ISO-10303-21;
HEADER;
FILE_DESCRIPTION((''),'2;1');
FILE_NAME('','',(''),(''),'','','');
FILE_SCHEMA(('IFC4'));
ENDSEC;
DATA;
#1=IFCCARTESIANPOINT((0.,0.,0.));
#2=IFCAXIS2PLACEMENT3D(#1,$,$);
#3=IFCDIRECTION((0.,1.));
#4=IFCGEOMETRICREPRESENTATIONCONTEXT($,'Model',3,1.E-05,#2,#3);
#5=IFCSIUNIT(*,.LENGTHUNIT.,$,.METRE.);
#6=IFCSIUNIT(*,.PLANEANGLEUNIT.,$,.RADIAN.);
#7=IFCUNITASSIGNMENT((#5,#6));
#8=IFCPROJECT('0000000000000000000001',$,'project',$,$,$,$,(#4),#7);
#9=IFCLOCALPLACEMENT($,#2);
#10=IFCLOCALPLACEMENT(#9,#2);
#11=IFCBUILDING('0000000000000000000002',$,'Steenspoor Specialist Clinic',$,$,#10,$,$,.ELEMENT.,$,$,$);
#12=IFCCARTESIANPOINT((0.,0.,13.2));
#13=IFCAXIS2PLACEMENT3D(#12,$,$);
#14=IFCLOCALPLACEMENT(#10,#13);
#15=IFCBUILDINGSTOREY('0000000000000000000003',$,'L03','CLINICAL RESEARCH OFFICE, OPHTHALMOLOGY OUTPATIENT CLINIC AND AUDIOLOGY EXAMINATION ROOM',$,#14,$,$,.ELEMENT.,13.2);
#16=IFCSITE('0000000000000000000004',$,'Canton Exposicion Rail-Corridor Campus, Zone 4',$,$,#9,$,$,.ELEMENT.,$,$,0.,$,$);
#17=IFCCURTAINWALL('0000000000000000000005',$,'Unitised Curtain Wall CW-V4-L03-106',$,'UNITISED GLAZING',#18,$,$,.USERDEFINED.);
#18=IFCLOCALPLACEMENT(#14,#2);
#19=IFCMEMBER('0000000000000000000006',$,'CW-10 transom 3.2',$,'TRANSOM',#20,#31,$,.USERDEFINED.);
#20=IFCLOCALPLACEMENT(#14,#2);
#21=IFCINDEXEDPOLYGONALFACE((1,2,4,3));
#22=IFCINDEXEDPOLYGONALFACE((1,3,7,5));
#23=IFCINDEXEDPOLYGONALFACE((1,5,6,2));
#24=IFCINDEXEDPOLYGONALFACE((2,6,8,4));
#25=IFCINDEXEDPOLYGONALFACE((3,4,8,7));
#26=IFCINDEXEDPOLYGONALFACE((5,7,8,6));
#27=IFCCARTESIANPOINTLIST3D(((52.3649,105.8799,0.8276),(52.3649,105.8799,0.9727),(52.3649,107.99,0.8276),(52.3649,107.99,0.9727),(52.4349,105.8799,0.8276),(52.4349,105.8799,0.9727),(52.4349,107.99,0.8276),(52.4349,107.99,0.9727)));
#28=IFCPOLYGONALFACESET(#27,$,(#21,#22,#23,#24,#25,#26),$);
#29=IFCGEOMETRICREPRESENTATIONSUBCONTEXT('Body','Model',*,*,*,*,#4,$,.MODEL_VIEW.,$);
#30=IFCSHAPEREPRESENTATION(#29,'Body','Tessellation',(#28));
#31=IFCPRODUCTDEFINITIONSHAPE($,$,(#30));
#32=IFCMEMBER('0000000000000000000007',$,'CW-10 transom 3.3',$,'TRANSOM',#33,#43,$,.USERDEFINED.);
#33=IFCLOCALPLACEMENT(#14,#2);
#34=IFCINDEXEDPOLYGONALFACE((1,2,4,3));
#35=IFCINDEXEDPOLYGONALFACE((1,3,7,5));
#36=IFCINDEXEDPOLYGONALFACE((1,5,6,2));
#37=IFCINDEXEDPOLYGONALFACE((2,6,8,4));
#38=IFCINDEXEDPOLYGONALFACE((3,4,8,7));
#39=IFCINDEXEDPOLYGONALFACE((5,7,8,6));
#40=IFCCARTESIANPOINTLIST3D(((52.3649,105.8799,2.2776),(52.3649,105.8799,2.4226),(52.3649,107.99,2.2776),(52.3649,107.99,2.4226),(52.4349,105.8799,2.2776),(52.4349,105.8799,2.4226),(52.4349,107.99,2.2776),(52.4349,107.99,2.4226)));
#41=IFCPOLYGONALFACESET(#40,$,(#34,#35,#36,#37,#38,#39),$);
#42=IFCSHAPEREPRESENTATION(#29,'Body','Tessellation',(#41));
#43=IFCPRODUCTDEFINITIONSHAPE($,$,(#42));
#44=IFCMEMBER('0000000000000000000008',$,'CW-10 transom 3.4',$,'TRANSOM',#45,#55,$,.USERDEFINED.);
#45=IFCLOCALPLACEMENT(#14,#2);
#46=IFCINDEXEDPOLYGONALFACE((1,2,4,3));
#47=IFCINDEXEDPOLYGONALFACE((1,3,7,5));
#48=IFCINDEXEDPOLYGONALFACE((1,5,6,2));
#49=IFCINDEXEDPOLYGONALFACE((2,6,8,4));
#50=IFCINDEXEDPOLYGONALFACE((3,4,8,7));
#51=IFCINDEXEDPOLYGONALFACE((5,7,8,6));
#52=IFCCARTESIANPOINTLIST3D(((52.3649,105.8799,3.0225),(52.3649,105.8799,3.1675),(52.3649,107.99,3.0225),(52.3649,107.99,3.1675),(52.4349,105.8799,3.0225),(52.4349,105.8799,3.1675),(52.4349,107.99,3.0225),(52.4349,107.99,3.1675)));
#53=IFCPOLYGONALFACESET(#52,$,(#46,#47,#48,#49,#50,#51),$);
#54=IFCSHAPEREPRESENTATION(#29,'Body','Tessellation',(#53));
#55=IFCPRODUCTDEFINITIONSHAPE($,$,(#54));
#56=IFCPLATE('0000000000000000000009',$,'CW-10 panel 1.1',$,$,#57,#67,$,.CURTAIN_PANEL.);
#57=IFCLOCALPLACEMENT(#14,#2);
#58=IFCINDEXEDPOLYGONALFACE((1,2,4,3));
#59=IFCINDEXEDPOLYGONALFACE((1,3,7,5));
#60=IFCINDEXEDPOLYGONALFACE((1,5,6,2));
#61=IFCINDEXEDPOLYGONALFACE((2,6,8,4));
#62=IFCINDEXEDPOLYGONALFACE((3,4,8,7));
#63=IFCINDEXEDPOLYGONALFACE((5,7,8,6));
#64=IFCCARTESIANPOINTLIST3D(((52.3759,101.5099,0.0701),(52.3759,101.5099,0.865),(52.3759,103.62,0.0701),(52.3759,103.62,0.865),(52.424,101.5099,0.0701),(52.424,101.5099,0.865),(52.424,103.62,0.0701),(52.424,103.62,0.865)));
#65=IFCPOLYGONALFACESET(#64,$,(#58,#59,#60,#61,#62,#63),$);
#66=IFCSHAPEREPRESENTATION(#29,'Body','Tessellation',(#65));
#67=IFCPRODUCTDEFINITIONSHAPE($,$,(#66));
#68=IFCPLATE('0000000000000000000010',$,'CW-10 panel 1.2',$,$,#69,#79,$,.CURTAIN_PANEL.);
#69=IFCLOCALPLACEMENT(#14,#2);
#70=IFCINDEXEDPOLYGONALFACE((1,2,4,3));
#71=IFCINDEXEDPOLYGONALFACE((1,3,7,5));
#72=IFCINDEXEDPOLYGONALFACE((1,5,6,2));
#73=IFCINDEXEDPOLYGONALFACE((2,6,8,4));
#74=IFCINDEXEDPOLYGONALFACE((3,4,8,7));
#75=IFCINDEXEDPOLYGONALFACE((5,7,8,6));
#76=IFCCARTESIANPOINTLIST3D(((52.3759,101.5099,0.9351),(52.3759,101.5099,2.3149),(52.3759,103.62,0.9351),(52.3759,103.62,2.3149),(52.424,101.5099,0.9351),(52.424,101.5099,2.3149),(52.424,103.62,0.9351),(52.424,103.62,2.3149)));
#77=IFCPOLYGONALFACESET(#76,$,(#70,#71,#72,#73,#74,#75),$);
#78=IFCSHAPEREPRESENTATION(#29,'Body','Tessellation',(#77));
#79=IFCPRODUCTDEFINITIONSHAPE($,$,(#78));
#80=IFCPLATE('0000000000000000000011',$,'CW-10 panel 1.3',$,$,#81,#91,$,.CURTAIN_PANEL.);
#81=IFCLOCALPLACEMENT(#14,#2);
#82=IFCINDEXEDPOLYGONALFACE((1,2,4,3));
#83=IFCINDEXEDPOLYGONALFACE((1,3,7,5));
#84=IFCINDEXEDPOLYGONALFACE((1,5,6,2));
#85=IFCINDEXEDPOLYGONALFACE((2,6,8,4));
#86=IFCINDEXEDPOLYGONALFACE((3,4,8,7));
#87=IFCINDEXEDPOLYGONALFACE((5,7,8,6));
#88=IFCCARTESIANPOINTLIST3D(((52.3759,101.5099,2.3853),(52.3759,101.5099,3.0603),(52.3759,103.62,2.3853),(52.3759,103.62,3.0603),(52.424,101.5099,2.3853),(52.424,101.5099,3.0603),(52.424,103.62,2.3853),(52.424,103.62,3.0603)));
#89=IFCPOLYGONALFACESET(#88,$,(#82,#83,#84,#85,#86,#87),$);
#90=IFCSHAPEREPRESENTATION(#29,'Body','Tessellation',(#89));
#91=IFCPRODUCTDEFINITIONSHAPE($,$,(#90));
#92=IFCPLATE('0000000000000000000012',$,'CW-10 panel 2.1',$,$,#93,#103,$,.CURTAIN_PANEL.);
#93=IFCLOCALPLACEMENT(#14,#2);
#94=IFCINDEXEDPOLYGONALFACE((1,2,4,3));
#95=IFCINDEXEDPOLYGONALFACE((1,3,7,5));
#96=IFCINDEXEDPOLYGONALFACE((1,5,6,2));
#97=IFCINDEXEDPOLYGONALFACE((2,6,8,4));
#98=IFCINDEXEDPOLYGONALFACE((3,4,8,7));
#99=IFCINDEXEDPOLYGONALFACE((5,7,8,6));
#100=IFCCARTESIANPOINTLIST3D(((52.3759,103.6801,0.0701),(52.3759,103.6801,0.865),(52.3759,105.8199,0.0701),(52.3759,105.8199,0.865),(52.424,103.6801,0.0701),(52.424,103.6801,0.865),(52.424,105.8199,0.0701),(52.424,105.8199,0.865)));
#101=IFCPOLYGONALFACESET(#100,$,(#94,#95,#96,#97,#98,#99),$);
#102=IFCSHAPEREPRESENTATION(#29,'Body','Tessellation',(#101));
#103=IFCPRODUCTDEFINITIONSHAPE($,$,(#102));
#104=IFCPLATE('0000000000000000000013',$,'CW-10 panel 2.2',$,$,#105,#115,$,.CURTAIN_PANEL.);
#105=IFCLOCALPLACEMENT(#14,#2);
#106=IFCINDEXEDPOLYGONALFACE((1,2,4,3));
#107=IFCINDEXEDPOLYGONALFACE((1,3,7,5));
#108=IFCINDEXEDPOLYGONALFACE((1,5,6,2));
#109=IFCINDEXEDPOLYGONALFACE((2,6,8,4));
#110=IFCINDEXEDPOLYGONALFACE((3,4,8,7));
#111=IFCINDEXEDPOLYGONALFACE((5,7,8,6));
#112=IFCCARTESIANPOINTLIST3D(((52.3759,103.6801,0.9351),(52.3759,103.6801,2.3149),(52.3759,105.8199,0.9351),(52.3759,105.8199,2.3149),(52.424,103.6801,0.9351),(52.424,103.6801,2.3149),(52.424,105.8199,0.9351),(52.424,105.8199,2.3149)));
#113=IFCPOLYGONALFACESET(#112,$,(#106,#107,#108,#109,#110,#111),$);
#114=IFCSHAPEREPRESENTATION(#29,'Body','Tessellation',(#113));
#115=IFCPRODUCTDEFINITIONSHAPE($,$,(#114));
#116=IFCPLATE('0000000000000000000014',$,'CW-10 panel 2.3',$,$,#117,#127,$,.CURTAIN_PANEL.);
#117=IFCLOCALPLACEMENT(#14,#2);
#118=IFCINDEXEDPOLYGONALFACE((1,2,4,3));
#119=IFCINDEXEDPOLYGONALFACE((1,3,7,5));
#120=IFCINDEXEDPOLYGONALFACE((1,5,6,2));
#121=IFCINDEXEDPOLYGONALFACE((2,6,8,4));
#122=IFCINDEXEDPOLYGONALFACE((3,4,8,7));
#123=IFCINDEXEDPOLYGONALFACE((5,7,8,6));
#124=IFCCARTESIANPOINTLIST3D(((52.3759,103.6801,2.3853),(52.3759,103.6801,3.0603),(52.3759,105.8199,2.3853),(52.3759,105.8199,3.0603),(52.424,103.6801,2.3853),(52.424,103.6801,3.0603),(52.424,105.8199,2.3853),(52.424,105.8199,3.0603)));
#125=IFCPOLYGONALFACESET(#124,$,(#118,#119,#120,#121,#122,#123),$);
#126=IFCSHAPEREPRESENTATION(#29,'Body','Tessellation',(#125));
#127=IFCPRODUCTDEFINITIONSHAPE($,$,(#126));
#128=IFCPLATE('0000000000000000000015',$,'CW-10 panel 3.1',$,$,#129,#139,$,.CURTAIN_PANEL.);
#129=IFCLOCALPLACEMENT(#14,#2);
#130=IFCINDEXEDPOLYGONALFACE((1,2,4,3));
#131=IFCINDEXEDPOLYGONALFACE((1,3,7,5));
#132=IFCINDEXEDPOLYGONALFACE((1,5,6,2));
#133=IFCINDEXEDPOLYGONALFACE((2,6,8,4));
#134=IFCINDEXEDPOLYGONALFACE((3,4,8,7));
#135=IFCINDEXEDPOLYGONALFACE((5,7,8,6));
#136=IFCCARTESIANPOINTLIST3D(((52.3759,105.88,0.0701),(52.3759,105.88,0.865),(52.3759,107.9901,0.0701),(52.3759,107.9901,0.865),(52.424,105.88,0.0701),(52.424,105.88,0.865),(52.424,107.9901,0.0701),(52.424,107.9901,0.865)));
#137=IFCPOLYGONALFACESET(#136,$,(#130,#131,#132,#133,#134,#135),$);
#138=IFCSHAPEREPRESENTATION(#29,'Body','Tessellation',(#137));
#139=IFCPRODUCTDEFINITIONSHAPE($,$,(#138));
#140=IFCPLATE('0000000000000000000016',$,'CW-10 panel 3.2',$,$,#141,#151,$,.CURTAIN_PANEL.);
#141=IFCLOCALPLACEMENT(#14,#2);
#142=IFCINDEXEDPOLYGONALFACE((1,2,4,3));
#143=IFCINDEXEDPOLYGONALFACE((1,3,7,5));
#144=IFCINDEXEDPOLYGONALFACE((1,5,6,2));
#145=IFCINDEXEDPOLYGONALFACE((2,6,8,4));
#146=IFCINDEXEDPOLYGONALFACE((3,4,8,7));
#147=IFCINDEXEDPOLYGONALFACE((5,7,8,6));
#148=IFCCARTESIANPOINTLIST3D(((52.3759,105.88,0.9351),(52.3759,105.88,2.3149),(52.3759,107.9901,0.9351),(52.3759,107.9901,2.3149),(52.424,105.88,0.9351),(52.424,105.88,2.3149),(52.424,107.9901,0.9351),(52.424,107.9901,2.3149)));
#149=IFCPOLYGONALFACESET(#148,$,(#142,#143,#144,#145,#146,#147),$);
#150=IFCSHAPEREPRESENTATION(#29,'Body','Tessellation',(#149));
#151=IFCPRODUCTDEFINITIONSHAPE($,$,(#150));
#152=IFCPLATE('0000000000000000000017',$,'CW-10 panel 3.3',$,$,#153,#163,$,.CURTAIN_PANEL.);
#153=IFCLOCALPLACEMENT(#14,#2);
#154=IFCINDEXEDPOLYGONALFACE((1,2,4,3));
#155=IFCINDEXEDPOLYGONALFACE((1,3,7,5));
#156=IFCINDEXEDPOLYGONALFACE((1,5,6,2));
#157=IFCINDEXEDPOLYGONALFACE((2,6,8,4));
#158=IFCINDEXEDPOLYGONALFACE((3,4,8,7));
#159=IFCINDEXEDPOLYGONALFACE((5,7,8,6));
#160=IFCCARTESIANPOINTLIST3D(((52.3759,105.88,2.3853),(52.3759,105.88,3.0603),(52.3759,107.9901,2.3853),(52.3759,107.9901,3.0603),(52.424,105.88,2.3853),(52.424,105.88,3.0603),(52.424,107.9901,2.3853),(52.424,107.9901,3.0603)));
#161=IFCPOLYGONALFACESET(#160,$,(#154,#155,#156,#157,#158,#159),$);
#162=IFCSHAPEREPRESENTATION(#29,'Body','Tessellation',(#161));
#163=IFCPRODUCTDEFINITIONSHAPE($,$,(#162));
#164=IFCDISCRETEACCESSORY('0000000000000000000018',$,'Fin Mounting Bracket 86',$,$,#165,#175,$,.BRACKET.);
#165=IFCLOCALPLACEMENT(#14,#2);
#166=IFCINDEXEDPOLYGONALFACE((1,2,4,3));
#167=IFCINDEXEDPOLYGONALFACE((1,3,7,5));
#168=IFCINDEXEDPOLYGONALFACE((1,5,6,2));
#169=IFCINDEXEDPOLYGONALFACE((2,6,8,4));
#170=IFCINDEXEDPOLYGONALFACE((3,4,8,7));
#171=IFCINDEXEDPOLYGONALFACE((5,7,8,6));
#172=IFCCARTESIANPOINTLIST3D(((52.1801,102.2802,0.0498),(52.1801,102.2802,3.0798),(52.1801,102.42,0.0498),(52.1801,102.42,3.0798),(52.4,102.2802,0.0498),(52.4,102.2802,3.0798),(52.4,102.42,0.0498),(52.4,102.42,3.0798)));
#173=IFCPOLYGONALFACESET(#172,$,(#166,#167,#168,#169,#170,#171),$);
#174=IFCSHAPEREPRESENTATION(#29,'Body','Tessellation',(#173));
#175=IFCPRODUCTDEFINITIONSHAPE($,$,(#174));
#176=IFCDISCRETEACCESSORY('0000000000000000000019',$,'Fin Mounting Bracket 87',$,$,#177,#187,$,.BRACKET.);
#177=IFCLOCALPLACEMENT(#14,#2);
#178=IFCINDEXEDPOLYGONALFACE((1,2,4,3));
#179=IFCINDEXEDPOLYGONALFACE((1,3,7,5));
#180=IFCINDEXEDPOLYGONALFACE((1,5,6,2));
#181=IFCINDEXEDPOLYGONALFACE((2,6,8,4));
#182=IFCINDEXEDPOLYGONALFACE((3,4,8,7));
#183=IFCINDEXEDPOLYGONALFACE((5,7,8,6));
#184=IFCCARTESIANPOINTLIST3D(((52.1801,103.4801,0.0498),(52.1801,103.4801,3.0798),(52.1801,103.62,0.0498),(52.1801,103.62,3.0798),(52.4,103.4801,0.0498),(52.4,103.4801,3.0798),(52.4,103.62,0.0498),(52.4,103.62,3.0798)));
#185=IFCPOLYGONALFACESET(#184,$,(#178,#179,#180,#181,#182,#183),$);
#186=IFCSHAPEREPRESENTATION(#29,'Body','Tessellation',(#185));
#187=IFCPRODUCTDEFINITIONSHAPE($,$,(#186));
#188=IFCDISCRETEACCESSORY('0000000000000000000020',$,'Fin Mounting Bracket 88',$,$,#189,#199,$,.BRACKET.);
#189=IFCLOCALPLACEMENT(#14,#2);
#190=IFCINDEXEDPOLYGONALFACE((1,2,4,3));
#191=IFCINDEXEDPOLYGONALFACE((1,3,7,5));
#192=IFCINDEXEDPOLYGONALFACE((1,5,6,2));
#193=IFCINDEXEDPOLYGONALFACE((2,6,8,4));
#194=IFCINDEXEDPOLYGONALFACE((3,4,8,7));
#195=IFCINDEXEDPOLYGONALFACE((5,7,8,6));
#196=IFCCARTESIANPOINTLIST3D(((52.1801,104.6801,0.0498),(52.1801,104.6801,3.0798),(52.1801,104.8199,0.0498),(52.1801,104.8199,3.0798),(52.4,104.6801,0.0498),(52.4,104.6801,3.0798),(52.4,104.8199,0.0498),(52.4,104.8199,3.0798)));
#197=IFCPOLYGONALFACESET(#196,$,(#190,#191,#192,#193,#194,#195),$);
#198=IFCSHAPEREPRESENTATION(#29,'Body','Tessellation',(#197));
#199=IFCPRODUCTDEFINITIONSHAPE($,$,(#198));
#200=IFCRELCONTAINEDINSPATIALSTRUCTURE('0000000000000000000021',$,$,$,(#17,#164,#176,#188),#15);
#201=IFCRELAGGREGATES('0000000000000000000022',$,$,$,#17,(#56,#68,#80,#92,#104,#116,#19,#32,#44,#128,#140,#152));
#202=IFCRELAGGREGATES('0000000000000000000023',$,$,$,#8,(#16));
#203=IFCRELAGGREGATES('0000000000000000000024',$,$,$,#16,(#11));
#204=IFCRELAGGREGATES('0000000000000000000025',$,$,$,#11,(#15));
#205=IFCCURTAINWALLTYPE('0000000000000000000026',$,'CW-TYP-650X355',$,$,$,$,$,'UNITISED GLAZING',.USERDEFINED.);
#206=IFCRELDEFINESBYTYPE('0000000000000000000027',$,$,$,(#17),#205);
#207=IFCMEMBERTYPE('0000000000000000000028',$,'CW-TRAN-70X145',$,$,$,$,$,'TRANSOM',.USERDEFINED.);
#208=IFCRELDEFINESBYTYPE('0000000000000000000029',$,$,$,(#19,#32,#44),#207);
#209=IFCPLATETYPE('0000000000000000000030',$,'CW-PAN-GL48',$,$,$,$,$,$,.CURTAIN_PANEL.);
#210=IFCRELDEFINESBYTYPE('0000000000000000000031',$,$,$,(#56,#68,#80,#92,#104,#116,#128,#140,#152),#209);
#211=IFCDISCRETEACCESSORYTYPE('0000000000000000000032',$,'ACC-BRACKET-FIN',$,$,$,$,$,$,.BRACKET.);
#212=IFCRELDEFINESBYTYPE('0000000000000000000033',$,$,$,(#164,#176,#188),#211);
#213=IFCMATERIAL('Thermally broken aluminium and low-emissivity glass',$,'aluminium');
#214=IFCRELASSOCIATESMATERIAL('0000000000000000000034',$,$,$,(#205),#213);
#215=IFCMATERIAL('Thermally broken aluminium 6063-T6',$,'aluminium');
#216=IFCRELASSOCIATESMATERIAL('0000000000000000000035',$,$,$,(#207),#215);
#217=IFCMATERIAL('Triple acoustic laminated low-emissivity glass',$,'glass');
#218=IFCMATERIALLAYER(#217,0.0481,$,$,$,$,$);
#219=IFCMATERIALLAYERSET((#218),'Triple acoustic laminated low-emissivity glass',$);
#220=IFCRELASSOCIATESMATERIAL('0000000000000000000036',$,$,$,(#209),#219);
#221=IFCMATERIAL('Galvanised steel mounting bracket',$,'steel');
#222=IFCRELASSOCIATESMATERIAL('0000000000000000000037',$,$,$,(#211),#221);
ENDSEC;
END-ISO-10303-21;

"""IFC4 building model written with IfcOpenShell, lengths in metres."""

from ifc_helpers import new_model, si_unit, direction, frame, origin, origin_2d, place, context, subcontext, project, spatial, rectangle, extrude, material, layer, layer_set, material_profile, profile_set, type_object, element, aggregate, save


model = new_model("IFC4")

# Units and contexts
model_context = context("Model", 3, precision=1e-05, world=origin(), true_north=direction((0.0, 1.0)))
body_context = subcontext(model_context, "Body", "Model", "MODEL_VIEW")
ifc_project = project(units=[si_unit("LENGTHUNIT", "METRE"), si_unit("PLANEANGLEUNIT", "RADIAN")], contexts=[model_context])

# Site, building, storey
site_placement = place(None, origin())
site = spatial("IfcSite", under=ifc_project, at=site_placement, Name="Canton Exposicion Rail-Corridor Campus, Zone 4", CompositionType="ELEMENT", RefElevation=0.0)
building_placement = place(site_placement, origin())
building = spatial("IfcBuilding", under=site, at=building_placement, Name="Steenspoor Specialist Clinic", CompositionType="ELEMENT")
storey_placement = place(building_placement, frame((0.0, 0.0, 13.2)))
storey = spatial("IfcBuildingStorey", under=building, at=storey_placement, Name="L03", Description="CLINICAL RESEARCH OFFICE, OPHTHALMOLOGY OUTPATIENT CLINIC AND AUDIOLOGY EXAMINATION ROOM", CompositionType="ELEMENT", Elevation=13.2)

# Curtain wall, members, plates
ifc_material_1 = material(Name="Thermally broken aluminium and low-emissivity glass", Category="aluminium")
curtain_wall_type = type_object("IfcCurtainWallType", Name="CW-TYP-650X355", ElementType="UNITISED GLAZING", PredefinedType="USERDEFINED", material=ifc_material_1)
curtain_wall_placement = place(storey_placement, origin())
curtain_wall = element("IfcCurtainWall", 1, at=curtain_wall_placement, inside=storey, type_object=curtain_wall_type, Name="Unitised Curtain Wall CW-V4-L03-106", ObjectType="UNITISED GLAZING", PredefinedType="USERDEFINED")
ifc_material_2 = material(Name="Thermally broken aluminium 6063-T6", Category="aluminium")
ifc_material_profile_1 = material_profile(ifc_material_2, rectangle(XDim=0.0701, YDim=0.145, at=origin_2d()), Name="CWT-70X145")
ifc_profile_set_1 = profile_set([ifc_material_profile_1], Name="Thermally broken aluminium 6063-T6")
member_type_1 = type_object("IfcMemberType", Name="CW-TRAN-70X145", ElementType="TRANSOM", PredefinedType="USERDEFINED", material=ifc_profile_set_1)
member_1_placement = place(storey_placement, frame((52.3999, 105.8799, 0.9001), z_axis=(0.0, 1.0, 0.0), x_axis=(-1.0, 0.0, 0.0)))
member_1 = element("IfcMember", 2, at=member_1_placement, type_object=member_type_1, Name="CW-10 transom 3.2", ObjectType="TRANSOM", PredefinedType="USERDEFINED", context=body_context, shape_type="SweptSolid", body=[
    extrude(rectangle(XDim=0.0701, YDim=0.145, at=origin_2d()), origin(), (0.0, 0.0, 1.0), 2.1101),
])
member_2_placement = place(storey_placement, frame((52.3999, 105.8799, 2.3501), z_axis=(0.0, 1.0, 0.0), x_axis=(-1.0, 0.0, 0.0)))
member_2 = element("IfcMember", 3, at=member_2_placement, type_object=member_type_1, Name="CW-10 transom 3.3", ObjectType="TRANSOM", PredefinedType="USERDEFINED", context=body_context, shape_type="SweptSolid", body=[
    extrude(rectangle(XDim=0.0701, YDim=0.145, at=origin_2d()), origin(), (0.0, 0.0, 1.0), 2.1101),
])
member_3_placement = place(storey_placement, frame((52.3999, 105.8799, 3.095), z_axis=(0.0, 1.0, 0.0), x_axis=(-1.0, 0.0, 0.0)))
member_3 = element("IfcMember", 4, at=member_3_placement, type_object=member_type_1, Name="CW-10 transom 3.4", ObjectType="TRANSOM", PredefinedType="USERDEFINED", context=body_context, shape_type="SweptSolid", body=[
    extrude(rectangle(XDim=0.0701, YDim=0.145, at=origin_2d()), origin(), (0.0, 0.0, 1.0), 2.1101),
])
ifc_material_3 = material(Name="Triple acoustic laminated low-emissivity glass", Category="glass")
ifc_layer = layer(ifc_material_3, 0.0481)
ifc_layer_set = layer_set([ifc_layer], Name="Triple acoustic laminated low-emissivity glass")
plate_type = type_object("IfcPlateType", Name="CW-PAN-GL48", PredefinedType="CURTAIN_PANEL", material=ifc_layer_set)
plate_1_placement = place(storey_placement, frame((52.3999, 102.5649, 0.0701), z_axis=(0.0, 0.0, 1.0), x_axis=(0.0, 1.0, 0.0)))
plate_1 = element("IfcPlate", 5, at=plate_1_placement, type_object=plate_type, Name="CW-10 panel 1.1", PredefinedType="CURTAIN_PANEL", context=body_context, shape_type="SweptSolid", body=[
    extrude(rectangle(XDim=2.1101, YDim=0.0481, at=origin_2d()), origin(), (0.0, 0.0, 1.0), 0.7949),
])
plate_2_placement = place(storey_placement, frame((52.3999, 102.5649, 0.9351), z_axis=(0.0, 0.0, 1.0), x_axis=(0.0, 1.0, 0.0)))
plate_2 = element("IfcPlate", 6, at=plate_2_placement, type_object=plate_type, Name="CW-10 panel 1.2", PredefinedType="CURTAIN_PANEL", context=body_context, shape_type="SweptSolid", body=[
    extrude(rectangle(XDim=2.1101, YDim=0.0481, at=origin_2d()), origin(), (0.0, 0.0, 1.0), 1.3799),
])
plate_3_placement = place(storey_placement, frame((52.3999, 102.5649, 2.3853), z_axis=(0.0, 0.0, 1.0), x_axis=(0.0, 1.0, 0.0)))
plate_3 = element("IfcPlate", 7, at=plate_3_placement, type_object=plate_type, Name="CW-10 panel 1.3", PredefinedType="CURTAIN_PANEL", context=body_context, shape_type="SweptSolid", body=[
    extrude(rectangle(XDim=2.1101, YDim=0.0481, at=origin_2d()), origin(), (0.0, 0.0, 1.0), 0.675),
])
plate_4_placement = place(storey_placement, frame((52.3999, 104.75, 0.0701), z_axis=(0.0, 0.0, 1.0), x_axis=(0.0, 1.0, 0.0)))
plate_4 = element("IfcPlate", 8, at=plate_4_placement, type_object=plate_type, Name="CW-10 panel 2.1", PredefinedType="CURTAIN_PANEL", context=body_context, shape_type="SweptSolid", body=[
    extrude(rectangle(XDim=2.1399, YDim=0.0481, at=origin_2d()), origin(), (0.0, 0.0, 1.0), 0.7949),
])
plate_5_placement = place(storey_placement, frame((52.3999, 104.75, 0.9351), z_axis=(0.0, 0.0, 1.0), x_axis=(0.0, 1.0, 0.0)))
plate_5 = element("IfcPlate", 9, at=plate_5_placement, type_object=plate_type, Name="CW-10 panel 2.2", PredefinedType="CURTAIN_PANEL", context=body_context, shape_type="SweptSolid", body=[
    extrude(rectangle(XDim=2.1399, YDim=0.0481, at=origin_2d()), origin(), (0.0, 0.0, 1.0), 1.3799),
])
plate_6_placement = place(storey_placement, frame((52.3999, 104.75, 2.3853), z_axis=(0.0, 0.0, 1.0), x_axis=(0.0, 1.0, 0.0)))
plate_6 = element("IfcPlate", 10, at=plate_6_placement, type_object=plate_type, Name="CW-10 panel 2.3", PredefinedType="CURTAIN_PANEL", context=body_context, shape_type="SweptSolid", body=[
    extrude(rectangle(XDim=2.1399, YDim=0.0481, at=origin_2d()), origin(), (0.0, 0.0, 1.0), 0.675),
])
plate_7_placement = place(storey_placement, frame((52.3999, 106.9351, 0.0701), z_axis=(0.0, 0.0, 1.0), x_axis=(0.0, 1.0, 0.0)))
plate_7 = element("IfcPlate", 11, at=plate_7_placement, type_object=plate_type, Name="CW-10 panel 3.1", PredefinedType="CURTAIN_PANEL", context=body_context, shape_type="SweptSolid", body=[
    extrude(rectangle(XDim=2.1101, YDim=0.0481, at=origin_2d()), origin(), (0.0, 0.0, 1.0), 0.7949),
])
plate_8_placement = place(storey_placement, frame((52.3999, 106.9351, 0.9351), z_axis=(0.0, 0.0, 1.0), x_axis=(0.0, 1.0, 0.0)))
plate_8 = element("IfcPlate", 12, at=plate_8_placement, type_object=plate_type, Name="CW-10 panel 3.2", PredefinedType="CURTAIN_PANEL", context=body_context, shape_type="SweptSolid", body=[
    extrude(rectangle(XDim=2.1101, YDim=0.0481, at=origin_2d()), origin(), (0.0, 0.0, 1.0), 1.3799),
])
plate_9_placement = place(storey_placement, frame((52.3999, 106.9351, 2.3853), z_axis=(0.0, 0.0, 1.0), x_axis=(0.0, 1.0, 0.0)))
plate_9 = element("IfcPlate", 13, at=plate_9_placement, type_object=plate_type, Name="CW-10 panel 3.3", PredefinedType="CURTAIN_PANEL", context=body_context, shape_type="SweptSolid", body=[
    extrude(rectangle(XDim=2.1101, YDim=0.0481, at=origin_2d()), origin(), (0.0, 0.0, 1.0), 0.675),
])
aggregate(curtain_wall, [plate_1, plate_2, plate_3, plate_4, plate_5, plate_6, member_1, member_2, member_3, plate_7, plate_8, plate_9])

# Discrete accessories
ifc_material_4 = material(Name="Galvanised steel mounting bracket", Category="steel")
discrete_accessory_type = type_object("IfcDiscreteAccessoryType", Name="ACC-BRACKET-FIN", PredefinedType="BRACKET", material=ifc_material_4)
for number, where, z_axis, x_axis, name in (
    (14, (52.29, 102.3501, 0.0498), (0.0, 0.0, 1.0), (-1.0, 0.0, 0.0), "Fin Mounting Bracket 86"),
    (15, (52.29, 103.55, 0.0498), (0.0, 0.0, 1.0), (-1.0, 0.0, 0.0), "Fin Mounting Bracket 87"),
    (16, (52.29, 104.75, 0.0498), (0.0, 0.0, 1.0), (-1.0, 0.0, 0.0), "Fin Mounting Bracket 88"),
):
    element("IfcDiscreteAccessory", number, at=place(storey_placement, frame(where, z_axis=z_axis, x_axis=x_axis)), inside=storey, type_object=discrete_accessory_type, Name=name, PredefinedType="BRACKET", context=body_context, shape_type="SweptSolid", body=[
        extrude(rectangle(XDim=0.22, YDim=0.1399, at=origin_2d()), origin(), (0.0, 0.0, 1.0), 3.03),
    ])

save(model, "model.ifc")
